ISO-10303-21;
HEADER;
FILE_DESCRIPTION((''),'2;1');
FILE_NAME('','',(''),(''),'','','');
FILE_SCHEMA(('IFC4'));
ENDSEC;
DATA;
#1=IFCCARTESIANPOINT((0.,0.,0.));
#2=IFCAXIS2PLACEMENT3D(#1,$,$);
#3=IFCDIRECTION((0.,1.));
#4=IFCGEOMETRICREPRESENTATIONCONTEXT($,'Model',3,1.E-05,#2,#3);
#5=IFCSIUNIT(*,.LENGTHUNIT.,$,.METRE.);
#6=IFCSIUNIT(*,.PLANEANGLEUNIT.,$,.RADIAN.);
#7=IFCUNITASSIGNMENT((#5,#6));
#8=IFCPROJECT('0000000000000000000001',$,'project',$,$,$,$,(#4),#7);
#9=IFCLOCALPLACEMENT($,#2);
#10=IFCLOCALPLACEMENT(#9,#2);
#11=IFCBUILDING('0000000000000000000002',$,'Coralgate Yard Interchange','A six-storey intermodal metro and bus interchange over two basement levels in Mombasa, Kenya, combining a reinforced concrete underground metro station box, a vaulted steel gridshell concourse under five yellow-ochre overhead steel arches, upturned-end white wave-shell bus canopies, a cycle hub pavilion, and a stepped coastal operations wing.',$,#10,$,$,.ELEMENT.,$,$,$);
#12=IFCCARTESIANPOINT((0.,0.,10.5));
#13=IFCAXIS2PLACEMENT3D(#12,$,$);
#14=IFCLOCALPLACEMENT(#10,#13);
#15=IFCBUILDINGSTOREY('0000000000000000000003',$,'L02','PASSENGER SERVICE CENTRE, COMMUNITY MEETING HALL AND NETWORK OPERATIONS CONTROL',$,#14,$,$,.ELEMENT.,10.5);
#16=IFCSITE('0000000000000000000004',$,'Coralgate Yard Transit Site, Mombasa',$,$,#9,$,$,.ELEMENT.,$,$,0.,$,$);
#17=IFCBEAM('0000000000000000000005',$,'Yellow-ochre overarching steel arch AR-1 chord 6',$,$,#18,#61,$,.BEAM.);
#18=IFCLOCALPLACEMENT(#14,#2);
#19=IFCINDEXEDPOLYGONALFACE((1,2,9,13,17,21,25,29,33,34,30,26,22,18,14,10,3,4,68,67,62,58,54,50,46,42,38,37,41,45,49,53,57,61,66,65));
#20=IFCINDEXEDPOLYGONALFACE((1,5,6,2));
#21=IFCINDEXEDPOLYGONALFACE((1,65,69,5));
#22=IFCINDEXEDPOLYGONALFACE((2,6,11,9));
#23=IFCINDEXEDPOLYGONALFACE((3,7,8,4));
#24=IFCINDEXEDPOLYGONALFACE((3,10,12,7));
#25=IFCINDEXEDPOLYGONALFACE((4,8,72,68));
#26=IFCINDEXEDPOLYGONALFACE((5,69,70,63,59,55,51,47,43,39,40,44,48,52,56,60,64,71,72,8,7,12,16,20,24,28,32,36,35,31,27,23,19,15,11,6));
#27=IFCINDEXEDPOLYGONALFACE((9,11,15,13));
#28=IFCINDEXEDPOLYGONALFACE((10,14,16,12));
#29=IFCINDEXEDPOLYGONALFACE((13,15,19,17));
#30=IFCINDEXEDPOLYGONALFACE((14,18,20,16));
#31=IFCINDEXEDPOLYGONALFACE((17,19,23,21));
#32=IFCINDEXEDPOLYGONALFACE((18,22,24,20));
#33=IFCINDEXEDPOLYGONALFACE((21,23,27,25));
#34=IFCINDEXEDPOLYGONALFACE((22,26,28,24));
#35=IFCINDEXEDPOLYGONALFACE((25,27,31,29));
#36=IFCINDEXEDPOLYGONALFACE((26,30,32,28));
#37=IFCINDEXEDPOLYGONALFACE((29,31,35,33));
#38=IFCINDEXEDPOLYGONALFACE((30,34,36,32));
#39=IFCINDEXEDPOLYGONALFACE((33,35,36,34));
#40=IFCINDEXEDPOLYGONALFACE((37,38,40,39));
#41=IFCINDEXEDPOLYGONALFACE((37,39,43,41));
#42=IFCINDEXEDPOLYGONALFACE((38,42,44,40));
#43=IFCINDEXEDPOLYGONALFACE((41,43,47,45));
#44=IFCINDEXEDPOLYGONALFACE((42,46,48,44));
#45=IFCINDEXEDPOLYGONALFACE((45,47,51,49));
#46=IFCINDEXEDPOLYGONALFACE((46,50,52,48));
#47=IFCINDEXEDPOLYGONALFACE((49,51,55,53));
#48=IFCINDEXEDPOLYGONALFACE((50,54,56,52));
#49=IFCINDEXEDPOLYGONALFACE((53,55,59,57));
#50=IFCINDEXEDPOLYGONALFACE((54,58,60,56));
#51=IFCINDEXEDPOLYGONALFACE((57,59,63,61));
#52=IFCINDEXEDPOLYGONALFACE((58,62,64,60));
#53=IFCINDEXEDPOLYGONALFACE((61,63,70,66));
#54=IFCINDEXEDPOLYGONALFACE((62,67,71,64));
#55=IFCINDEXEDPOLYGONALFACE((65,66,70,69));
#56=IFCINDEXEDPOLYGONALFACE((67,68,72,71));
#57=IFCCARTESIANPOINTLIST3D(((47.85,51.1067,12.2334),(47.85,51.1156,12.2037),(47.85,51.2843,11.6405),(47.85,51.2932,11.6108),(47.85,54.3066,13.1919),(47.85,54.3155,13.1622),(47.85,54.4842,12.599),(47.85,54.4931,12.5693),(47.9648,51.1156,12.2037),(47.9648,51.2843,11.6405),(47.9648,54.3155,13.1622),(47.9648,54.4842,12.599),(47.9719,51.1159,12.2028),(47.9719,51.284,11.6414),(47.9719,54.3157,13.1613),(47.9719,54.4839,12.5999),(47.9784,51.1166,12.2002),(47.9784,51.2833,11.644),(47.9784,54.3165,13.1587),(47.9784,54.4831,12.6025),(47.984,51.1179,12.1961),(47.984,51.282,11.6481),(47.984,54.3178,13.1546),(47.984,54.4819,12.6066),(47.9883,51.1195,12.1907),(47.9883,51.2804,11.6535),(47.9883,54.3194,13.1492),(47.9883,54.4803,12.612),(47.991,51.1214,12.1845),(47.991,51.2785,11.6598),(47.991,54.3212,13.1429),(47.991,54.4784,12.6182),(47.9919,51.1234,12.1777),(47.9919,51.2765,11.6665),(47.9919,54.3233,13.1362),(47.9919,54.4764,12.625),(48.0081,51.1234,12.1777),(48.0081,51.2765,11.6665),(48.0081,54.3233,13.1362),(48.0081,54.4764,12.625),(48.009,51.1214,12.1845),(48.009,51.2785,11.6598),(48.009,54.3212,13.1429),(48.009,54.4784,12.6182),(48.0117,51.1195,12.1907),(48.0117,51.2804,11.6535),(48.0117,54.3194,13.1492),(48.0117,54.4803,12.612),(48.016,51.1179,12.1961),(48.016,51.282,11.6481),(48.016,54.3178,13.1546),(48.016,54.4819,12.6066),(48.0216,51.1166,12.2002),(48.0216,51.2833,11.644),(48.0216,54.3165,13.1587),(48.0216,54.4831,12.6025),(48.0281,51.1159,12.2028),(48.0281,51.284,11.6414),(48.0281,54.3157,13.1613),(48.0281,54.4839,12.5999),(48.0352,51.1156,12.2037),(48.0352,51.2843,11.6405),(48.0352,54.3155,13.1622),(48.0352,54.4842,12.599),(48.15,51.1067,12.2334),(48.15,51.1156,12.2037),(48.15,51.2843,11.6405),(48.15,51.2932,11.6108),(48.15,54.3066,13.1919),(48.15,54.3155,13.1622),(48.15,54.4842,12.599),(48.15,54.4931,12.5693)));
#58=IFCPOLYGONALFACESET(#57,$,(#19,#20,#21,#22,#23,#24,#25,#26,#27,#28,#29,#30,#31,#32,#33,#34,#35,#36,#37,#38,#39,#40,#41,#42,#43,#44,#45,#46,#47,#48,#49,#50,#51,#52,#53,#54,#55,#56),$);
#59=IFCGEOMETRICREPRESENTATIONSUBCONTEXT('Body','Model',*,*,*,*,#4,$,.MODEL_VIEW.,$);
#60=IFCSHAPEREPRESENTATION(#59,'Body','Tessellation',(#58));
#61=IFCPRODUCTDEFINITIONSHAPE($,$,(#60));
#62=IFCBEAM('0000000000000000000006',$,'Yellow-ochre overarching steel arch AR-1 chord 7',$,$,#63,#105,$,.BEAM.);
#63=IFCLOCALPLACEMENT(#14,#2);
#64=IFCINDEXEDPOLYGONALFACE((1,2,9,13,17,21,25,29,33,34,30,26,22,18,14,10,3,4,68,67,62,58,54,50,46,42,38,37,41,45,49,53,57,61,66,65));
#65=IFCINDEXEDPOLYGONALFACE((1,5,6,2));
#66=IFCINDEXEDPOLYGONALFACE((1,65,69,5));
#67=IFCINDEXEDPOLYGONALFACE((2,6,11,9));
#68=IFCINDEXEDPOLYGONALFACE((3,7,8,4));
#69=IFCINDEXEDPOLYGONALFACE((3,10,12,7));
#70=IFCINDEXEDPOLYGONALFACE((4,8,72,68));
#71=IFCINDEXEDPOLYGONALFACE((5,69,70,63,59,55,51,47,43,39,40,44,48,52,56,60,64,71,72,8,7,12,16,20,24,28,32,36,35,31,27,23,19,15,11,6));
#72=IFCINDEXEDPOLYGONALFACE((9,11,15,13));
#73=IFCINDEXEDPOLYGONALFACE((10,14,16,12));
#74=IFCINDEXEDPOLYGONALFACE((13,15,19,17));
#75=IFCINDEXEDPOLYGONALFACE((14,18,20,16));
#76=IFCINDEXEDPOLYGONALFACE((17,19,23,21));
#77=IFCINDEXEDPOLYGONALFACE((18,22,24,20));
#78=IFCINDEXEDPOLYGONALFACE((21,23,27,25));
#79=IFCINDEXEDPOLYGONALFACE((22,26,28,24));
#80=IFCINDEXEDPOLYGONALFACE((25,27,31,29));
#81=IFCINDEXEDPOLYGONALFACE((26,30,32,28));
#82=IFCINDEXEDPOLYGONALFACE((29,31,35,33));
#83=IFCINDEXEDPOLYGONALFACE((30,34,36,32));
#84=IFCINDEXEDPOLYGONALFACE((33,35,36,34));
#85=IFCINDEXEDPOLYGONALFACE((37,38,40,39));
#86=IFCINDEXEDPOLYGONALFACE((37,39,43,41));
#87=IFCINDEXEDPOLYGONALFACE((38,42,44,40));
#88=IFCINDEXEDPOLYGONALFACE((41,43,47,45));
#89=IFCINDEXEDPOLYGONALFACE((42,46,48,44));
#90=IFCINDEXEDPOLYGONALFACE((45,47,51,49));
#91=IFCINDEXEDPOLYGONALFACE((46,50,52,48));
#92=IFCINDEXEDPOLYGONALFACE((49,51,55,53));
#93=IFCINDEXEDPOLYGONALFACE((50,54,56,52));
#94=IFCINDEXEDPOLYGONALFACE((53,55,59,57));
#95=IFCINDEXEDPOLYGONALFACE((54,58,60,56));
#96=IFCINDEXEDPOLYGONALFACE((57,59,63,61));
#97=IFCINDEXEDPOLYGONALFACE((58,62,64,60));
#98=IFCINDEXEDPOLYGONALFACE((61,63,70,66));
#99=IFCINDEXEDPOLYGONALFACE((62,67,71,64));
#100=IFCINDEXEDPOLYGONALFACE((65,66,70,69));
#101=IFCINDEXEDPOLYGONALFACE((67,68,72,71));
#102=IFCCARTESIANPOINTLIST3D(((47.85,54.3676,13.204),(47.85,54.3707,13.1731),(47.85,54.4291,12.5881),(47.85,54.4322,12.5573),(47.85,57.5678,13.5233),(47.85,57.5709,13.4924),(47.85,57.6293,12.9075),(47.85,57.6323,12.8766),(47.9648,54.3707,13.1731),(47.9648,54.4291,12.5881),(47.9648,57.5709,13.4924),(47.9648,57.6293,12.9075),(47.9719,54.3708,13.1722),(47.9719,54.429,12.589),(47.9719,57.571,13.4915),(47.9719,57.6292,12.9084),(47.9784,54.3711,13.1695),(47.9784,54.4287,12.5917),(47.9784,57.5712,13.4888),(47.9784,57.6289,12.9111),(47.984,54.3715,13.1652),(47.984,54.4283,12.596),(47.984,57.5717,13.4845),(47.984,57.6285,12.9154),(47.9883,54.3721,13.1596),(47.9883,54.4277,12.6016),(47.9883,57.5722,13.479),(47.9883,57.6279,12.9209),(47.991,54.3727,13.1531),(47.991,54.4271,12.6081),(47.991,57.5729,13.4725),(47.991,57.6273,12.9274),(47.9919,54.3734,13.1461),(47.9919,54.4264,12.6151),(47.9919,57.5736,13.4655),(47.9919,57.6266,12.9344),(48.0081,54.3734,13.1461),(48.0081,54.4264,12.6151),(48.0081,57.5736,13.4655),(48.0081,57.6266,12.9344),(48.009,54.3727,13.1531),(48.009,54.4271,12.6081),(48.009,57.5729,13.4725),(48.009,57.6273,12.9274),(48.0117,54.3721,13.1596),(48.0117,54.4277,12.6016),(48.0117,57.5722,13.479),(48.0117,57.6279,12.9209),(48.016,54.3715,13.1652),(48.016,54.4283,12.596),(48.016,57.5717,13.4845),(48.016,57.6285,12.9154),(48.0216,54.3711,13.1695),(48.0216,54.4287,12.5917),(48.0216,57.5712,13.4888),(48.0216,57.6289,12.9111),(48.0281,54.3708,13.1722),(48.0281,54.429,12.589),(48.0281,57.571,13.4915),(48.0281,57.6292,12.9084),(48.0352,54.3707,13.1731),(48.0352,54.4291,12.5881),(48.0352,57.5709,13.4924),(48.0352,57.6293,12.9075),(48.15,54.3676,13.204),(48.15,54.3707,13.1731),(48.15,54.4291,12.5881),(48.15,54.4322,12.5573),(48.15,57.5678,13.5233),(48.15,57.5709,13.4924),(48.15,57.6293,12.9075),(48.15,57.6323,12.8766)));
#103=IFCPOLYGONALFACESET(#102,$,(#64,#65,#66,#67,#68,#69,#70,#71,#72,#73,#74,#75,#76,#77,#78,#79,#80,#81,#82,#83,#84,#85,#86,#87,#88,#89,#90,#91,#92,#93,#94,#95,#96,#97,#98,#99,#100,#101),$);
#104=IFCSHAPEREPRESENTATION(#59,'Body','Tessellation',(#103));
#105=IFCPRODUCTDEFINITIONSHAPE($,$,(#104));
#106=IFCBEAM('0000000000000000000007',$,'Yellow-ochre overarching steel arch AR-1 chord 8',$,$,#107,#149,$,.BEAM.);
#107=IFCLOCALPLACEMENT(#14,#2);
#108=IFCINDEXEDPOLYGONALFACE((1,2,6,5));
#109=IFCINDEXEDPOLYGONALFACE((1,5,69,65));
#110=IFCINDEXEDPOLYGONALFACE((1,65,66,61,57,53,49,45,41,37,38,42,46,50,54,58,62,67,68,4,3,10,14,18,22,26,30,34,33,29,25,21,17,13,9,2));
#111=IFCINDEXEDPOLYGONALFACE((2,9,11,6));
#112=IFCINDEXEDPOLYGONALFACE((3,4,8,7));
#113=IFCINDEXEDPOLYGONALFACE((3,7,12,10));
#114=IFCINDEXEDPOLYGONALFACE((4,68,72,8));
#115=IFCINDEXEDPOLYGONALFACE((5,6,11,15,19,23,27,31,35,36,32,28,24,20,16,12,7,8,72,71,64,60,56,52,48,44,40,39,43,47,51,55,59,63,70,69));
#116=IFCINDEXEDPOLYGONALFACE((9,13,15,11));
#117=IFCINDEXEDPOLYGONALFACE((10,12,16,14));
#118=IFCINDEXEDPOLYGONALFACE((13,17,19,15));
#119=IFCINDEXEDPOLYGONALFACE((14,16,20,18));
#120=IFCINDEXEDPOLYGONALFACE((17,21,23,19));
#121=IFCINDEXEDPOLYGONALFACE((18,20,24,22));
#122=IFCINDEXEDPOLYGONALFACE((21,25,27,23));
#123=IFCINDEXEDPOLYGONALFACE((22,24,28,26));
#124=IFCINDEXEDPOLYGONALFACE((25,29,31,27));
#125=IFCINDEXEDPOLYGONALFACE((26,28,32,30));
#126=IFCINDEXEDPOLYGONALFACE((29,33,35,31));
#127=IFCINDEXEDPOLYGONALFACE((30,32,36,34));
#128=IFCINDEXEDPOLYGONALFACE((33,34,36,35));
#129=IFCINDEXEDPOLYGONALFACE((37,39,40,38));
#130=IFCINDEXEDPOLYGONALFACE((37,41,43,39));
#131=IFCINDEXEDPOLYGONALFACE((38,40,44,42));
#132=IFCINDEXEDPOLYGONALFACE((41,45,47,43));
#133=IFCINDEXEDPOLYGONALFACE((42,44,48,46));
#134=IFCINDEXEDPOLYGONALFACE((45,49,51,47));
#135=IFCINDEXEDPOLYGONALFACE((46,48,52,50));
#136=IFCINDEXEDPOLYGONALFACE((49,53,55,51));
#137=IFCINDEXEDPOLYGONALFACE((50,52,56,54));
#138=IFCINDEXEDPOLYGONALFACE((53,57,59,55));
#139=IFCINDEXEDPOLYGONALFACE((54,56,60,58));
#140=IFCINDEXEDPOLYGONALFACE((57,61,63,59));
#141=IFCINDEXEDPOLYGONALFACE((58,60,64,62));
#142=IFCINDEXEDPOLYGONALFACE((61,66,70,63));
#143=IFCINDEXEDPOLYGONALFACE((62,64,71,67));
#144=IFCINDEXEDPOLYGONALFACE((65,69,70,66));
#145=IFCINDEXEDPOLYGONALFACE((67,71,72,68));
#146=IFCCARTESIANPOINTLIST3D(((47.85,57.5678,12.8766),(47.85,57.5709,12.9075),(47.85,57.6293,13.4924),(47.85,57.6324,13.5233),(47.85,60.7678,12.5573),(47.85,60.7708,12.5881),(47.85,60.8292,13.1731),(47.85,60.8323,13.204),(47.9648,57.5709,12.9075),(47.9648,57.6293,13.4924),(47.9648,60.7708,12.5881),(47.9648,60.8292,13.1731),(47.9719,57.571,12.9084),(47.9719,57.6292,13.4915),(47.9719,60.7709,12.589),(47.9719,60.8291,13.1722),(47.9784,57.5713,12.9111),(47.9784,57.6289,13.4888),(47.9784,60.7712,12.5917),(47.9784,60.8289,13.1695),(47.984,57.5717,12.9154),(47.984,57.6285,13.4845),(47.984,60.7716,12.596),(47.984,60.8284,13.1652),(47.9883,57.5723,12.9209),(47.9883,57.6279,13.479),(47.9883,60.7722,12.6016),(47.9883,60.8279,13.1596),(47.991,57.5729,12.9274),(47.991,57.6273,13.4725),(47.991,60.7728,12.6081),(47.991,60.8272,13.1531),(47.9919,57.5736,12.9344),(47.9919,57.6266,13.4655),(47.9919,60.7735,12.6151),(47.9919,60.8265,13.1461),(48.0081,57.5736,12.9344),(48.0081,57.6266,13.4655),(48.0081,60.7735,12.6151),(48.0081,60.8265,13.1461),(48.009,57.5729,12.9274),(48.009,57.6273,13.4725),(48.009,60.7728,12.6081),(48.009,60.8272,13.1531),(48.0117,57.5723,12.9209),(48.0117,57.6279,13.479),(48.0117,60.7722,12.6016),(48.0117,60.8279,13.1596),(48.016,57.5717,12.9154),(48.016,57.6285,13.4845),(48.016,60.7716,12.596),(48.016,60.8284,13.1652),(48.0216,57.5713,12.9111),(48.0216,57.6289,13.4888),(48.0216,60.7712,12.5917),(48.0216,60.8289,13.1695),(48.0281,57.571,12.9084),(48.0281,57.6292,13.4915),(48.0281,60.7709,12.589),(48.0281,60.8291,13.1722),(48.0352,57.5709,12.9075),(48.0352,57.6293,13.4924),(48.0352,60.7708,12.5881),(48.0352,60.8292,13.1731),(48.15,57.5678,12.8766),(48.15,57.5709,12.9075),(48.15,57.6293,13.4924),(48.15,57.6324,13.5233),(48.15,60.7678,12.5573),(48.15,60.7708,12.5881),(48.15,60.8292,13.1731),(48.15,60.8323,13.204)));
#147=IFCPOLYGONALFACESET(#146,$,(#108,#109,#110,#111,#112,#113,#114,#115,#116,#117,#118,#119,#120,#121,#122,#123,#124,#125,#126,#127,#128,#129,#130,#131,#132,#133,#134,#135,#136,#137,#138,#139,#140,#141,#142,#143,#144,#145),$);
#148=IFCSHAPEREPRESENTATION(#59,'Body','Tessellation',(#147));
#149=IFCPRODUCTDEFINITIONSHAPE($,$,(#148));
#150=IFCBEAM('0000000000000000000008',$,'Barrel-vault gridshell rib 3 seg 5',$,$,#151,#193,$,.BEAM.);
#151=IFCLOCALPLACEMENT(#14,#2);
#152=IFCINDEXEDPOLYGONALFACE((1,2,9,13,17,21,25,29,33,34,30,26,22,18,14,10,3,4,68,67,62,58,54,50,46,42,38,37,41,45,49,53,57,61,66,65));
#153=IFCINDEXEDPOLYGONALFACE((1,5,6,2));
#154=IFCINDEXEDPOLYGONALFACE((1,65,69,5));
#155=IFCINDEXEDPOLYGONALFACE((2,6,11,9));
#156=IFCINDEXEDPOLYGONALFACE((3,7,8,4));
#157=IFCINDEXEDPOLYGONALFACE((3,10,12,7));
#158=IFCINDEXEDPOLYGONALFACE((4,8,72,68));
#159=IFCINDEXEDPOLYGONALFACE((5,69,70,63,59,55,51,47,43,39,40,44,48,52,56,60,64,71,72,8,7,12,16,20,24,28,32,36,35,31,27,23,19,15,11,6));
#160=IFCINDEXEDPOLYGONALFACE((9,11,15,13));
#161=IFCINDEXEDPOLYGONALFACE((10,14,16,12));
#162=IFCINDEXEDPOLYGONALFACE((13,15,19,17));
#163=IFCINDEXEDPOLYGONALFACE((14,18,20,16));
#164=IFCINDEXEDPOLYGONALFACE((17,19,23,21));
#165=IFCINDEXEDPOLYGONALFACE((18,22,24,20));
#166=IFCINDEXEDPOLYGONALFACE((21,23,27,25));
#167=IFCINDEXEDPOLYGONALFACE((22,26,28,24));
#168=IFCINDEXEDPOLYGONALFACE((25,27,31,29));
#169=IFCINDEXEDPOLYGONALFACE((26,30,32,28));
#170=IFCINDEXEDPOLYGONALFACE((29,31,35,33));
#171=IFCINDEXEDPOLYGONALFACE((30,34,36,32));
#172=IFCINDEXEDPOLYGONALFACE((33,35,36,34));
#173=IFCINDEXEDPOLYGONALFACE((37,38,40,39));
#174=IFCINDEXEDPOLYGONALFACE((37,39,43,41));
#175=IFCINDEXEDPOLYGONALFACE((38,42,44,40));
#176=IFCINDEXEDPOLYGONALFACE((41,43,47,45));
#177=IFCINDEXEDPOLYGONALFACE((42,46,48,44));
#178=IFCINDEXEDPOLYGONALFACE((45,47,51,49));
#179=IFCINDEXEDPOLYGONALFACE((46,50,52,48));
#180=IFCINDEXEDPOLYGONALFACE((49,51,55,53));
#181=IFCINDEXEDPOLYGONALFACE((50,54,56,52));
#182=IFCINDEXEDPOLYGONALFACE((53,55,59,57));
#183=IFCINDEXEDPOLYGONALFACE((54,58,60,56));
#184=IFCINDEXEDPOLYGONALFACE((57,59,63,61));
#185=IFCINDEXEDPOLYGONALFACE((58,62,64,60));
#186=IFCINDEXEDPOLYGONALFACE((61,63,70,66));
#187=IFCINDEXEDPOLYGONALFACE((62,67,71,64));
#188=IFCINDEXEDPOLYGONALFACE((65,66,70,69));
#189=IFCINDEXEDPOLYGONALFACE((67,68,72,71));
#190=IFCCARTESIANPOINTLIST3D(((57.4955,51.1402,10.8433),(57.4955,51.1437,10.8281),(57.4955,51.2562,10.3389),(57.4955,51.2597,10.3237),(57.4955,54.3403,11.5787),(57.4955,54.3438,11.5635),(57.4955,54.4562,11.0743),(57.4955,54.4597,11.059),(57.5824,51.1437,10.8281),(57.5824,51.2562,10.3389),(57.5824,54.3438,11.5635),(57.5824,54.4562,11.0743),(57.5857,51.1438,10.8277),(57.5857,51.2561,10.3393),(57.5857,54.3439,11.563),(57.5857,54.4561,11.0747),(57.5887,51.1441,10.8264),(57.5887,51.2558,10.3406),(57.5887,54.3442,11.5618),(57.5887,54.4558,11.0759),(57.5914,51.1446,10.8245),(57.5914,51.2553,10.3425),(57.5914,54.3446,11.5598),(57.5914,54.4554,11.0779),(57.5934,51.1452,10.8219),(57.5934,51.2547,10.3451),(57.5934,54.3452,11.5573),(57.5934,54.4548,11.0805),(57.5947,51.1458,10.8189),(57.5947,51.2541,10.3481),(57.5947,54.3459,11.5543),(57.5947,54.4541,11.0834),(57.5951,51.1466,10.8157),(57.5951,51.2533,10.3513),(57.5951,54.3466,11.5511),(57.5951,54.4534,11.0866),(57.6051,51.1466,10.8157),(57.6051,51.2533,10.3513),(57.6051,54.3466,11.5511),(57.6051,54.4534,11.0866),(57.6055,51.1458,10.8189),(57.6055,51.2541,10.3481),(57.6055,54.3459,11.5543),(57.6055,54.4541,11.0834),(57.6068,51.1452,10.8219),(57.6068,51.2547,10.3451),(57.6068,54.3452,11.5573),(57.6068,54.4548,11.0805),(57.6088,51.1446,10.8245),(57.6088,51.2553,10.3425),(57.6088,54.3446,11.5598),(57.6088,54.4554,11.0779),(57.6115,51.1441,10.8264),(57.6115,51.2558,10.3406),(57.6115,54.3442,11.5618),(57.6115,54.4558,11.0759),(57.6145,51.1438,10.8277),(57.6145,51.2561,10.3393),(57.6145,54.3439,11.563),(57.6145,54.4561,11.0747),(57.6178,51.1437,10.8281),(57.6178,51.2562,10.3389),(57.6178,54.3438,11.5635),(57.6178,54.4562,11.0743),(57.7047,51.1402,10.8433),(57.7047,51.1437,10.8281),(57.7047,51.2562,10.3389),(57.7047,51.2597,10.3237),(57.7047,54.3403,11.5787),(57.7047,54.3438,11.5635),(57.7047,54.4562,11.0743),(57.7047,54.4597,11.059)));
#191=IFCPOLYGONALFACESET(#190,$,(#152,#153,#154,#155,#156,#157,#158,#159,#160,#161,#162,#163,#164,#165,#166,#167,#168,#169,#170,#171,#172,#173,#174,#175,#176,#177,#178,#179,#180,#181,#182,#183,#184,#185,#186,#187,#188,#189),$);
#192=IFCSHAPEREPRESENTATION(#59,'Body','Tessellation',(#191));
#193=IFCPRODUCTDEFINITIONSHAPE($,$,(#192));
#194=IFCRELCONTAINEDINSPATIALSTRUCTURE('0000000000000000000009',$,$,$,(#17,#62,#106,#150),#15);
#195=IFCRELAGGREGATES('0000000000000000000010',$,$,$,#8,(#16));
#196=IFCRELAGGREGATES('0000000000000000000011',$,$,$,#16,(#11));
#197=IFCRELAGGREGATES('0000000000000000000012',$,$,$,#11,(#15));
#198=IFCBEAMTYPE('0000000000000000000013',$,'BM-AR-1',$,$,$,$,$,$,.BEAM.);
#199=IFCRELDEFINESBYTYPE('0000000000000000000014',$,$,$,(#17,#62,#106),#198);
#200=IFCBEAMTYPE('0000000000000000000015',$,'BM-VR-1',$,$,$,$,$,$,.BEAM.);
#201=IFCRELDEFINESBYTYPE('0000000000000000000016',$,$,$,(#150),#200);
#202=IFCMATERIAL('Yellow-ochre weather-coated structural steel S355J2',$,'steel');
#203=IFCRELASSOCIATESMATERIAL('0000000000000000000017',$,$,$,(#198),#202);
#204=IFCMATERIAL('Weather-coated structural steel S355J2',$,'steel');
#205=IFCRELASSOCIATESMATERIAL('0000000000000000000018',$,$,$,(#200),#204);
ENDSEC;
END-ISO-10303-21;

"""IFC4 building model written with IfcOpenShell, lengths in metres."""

from ifc_helpers import new_model, si_unit, direction, frame, origin, origin_2d, place, context, subcontext, project, spatial, i_section, extrude, material, material_profile, profile_set, type_object, element, save


model = new_model("IFC4")

# Units and contexts
model_context = context("Model", 3, precision=1e-05, world=origin(), true_north=direction((0.0, 1.0)))
body_context = subcontext(model_context, "Body", "Model", "MODEL_VIEW")
ifc_project = project(units=[si_unit("LENGTHUNIT", "METRE"), si_unit("PLANEANGLEUNIT", "RADIAN")], contexts=[model_context])

# Site, building, storey
site_placement = place(None, origin())
site = spatial("IfcSite", under=ifc_project, at=site_placement, Name="Coralgate Yard Transit Site, Mombasa", CompositionType="ELEMENT", RefElevation=0.0)
building_placement = place(site_placement, origin())
building = spatial("IfcBuilding", under=site, at=building_placement, Name="Coralgate Yard Interchange", Description="A six-storey intermodal metro and bus interchange over two basement levels in Mombasa, Kenya, combining a reinforced concrete underground metro station box, a vaulted steel gridshell concourse under five yellow-ochre overhead steel arches, upturned-end white wave-shell bus canopies, a cycle hub pavilion, and a stepped coastal operations wing.", CompositionType="ELEMENT")
storey_placement = place(building_placement, frame((0.0, 0.0, 10.5)))
storey = spatial("IfcBuildingStorey", under=building, at=storey_placement, Name="L02", Description="PASSENGER SERVICE CENTRE, COMMUNITY MEETING HALL AND NETWORK OPERATIONS CONTROL", CompositionType="ELEMENT", Elevation=10.5)

# Beams
ifc_material_1 = material(Name="Yellow-ochre weather-coated structural steel S355J2", Category="steel")
ifc_material_profile_1 = material_profile(ifc_material_1, i_section(OverallWidth=0.3, OverallDepth=0.6499, WebThickness=0.0161, FlangeThickness=0.031, FilletRadius=0.0271, at=origin_2d()), Name="HEB 650")
ifc_profile_set_1 = profile_set([ifc_material_profile_1], Name="Yellow-ochre weather-coated structural steel S355J2")
beam_type_1 = type_object("IfcBeamType", Name="BM-AR-1", PredefinedType="BEAM", material=ifc_profile_set_1)
beam_1_placement = place(storey_placement, frame((48.0, 51.2, 11.9221), z_axis=(0.0, 0.957949, 0.286939), x_axis=(-1.0, 0.0, 0.0)))
element("IfcBeam", 1, at=beam_1_placement, inside=storey, type_object=beam_type_1, Name="Yellow-ochre overarching steel arch AR-1 chord 6", PredefinedType="BEAM", context=body_context, shape_type="SweptSolid", body=[
    extrude(i_section(OverallWidth=0.3, OverallDepth=0.6499, WebThickness=0.0161, FlangeThickness=0.031, FilletRadius=0.0271, at=origin_2d()), origin(), (0.0, 0.0, 1.0), 3.3403),
])
beam_2_placement = place(storey_placement, frame((48.0, 54.3999, 12.8806), z_axis=(0.0, 0.995058, 0.099293), x_axis=(-1.0, 0.0, 0.0)))
element("IfcBeam", 2, at=beam_2_placement, inside=storey, type_object=beam_type_1, Name="Yellow-ochre overarching steel arch AR-1 chord 7", PredefinedType="BEAM", context=body_context, shape_type="SweptSolid", body=[
    extrude(i_section(OverallWidth=0.3, OverallDepth=0.6499, WebThickness=0.0161, FlangeThickness=0.031, FilletRadius=0.0271, at=origin_2d()), origin(), (0.0, 0.0, 1.0), 3.2161),
])
beam_3_placement = place(storey_placement, frame((48.0, 57.6001, 13.2), z_axis=(0.0, 0.995057, -0.099301), x_axis=(-1.0, 0.0, 0.0)))
element("IfcBeam", 3, at=beam_3_placement, inside=storey, type_object=beam_type_1, Name="Yellow-ochre overarching steel arch AR-1 chord 8", PredefinedType="BEAM", context=body_context, shape_type="SweptSolid", body=[
    extrude(i_section(OverallWidth=0.3, OverallDepth=0.6499, WebThickness=0.0161, FlangeThickness=0.031, FilletRadius=0.0271, at=origin_2d()), origin(), (0.0, 0.0, 1.0), 3.2158),
])
ifc_material_2 = material(Name="Weather-coated structural steel S355J2", Category="steel")
ifc_material_profile_2 = material_profile(ifc_material_2, i_section(OverallWidth=0.2092, OverallDepth=0.5332, WebThickness=0.01, FlangeThickness=0.0156, FilletRadius=0.0127, at=origin_2d()), Name="UB 533x210x92")
ifc_profile_set_2 = profile_set([ifc_material_profile_2], Name="Weather-coated structural steel S355J2")
beam_type_2 = type_object("IfcBeamType", Name="BM-VR-1", PredefinedType="BEAM", material=ifc_profile_set_2)
beam_4_placement = place(storey_placement, frame((57.6001, 51.2, 10.5835), z_axis=(0.0, 0.974598, 0.223963), x_axis=(-1.0, 0.0, 0.0)))
element("IfcBeam", 4, at=beam_4_placement, inside=storey, type_object=beam_type_2, Name="Barrel-vault gridshell rib 3 seg 5", PredefinedType="BEAM", context=body_context, shape_type="SweptSolid", body=[
    extrude(i_section(OverallWidth=0.2092, OverallDepth=0.5332, WebThickness=0.01, FlangeThickness=0.0156, FilletRadius=0.0127, at=origin_2d()), origin(), (0.0, 0.0, 1.0), 3.2834),
])

save(model, "model.ifc")
